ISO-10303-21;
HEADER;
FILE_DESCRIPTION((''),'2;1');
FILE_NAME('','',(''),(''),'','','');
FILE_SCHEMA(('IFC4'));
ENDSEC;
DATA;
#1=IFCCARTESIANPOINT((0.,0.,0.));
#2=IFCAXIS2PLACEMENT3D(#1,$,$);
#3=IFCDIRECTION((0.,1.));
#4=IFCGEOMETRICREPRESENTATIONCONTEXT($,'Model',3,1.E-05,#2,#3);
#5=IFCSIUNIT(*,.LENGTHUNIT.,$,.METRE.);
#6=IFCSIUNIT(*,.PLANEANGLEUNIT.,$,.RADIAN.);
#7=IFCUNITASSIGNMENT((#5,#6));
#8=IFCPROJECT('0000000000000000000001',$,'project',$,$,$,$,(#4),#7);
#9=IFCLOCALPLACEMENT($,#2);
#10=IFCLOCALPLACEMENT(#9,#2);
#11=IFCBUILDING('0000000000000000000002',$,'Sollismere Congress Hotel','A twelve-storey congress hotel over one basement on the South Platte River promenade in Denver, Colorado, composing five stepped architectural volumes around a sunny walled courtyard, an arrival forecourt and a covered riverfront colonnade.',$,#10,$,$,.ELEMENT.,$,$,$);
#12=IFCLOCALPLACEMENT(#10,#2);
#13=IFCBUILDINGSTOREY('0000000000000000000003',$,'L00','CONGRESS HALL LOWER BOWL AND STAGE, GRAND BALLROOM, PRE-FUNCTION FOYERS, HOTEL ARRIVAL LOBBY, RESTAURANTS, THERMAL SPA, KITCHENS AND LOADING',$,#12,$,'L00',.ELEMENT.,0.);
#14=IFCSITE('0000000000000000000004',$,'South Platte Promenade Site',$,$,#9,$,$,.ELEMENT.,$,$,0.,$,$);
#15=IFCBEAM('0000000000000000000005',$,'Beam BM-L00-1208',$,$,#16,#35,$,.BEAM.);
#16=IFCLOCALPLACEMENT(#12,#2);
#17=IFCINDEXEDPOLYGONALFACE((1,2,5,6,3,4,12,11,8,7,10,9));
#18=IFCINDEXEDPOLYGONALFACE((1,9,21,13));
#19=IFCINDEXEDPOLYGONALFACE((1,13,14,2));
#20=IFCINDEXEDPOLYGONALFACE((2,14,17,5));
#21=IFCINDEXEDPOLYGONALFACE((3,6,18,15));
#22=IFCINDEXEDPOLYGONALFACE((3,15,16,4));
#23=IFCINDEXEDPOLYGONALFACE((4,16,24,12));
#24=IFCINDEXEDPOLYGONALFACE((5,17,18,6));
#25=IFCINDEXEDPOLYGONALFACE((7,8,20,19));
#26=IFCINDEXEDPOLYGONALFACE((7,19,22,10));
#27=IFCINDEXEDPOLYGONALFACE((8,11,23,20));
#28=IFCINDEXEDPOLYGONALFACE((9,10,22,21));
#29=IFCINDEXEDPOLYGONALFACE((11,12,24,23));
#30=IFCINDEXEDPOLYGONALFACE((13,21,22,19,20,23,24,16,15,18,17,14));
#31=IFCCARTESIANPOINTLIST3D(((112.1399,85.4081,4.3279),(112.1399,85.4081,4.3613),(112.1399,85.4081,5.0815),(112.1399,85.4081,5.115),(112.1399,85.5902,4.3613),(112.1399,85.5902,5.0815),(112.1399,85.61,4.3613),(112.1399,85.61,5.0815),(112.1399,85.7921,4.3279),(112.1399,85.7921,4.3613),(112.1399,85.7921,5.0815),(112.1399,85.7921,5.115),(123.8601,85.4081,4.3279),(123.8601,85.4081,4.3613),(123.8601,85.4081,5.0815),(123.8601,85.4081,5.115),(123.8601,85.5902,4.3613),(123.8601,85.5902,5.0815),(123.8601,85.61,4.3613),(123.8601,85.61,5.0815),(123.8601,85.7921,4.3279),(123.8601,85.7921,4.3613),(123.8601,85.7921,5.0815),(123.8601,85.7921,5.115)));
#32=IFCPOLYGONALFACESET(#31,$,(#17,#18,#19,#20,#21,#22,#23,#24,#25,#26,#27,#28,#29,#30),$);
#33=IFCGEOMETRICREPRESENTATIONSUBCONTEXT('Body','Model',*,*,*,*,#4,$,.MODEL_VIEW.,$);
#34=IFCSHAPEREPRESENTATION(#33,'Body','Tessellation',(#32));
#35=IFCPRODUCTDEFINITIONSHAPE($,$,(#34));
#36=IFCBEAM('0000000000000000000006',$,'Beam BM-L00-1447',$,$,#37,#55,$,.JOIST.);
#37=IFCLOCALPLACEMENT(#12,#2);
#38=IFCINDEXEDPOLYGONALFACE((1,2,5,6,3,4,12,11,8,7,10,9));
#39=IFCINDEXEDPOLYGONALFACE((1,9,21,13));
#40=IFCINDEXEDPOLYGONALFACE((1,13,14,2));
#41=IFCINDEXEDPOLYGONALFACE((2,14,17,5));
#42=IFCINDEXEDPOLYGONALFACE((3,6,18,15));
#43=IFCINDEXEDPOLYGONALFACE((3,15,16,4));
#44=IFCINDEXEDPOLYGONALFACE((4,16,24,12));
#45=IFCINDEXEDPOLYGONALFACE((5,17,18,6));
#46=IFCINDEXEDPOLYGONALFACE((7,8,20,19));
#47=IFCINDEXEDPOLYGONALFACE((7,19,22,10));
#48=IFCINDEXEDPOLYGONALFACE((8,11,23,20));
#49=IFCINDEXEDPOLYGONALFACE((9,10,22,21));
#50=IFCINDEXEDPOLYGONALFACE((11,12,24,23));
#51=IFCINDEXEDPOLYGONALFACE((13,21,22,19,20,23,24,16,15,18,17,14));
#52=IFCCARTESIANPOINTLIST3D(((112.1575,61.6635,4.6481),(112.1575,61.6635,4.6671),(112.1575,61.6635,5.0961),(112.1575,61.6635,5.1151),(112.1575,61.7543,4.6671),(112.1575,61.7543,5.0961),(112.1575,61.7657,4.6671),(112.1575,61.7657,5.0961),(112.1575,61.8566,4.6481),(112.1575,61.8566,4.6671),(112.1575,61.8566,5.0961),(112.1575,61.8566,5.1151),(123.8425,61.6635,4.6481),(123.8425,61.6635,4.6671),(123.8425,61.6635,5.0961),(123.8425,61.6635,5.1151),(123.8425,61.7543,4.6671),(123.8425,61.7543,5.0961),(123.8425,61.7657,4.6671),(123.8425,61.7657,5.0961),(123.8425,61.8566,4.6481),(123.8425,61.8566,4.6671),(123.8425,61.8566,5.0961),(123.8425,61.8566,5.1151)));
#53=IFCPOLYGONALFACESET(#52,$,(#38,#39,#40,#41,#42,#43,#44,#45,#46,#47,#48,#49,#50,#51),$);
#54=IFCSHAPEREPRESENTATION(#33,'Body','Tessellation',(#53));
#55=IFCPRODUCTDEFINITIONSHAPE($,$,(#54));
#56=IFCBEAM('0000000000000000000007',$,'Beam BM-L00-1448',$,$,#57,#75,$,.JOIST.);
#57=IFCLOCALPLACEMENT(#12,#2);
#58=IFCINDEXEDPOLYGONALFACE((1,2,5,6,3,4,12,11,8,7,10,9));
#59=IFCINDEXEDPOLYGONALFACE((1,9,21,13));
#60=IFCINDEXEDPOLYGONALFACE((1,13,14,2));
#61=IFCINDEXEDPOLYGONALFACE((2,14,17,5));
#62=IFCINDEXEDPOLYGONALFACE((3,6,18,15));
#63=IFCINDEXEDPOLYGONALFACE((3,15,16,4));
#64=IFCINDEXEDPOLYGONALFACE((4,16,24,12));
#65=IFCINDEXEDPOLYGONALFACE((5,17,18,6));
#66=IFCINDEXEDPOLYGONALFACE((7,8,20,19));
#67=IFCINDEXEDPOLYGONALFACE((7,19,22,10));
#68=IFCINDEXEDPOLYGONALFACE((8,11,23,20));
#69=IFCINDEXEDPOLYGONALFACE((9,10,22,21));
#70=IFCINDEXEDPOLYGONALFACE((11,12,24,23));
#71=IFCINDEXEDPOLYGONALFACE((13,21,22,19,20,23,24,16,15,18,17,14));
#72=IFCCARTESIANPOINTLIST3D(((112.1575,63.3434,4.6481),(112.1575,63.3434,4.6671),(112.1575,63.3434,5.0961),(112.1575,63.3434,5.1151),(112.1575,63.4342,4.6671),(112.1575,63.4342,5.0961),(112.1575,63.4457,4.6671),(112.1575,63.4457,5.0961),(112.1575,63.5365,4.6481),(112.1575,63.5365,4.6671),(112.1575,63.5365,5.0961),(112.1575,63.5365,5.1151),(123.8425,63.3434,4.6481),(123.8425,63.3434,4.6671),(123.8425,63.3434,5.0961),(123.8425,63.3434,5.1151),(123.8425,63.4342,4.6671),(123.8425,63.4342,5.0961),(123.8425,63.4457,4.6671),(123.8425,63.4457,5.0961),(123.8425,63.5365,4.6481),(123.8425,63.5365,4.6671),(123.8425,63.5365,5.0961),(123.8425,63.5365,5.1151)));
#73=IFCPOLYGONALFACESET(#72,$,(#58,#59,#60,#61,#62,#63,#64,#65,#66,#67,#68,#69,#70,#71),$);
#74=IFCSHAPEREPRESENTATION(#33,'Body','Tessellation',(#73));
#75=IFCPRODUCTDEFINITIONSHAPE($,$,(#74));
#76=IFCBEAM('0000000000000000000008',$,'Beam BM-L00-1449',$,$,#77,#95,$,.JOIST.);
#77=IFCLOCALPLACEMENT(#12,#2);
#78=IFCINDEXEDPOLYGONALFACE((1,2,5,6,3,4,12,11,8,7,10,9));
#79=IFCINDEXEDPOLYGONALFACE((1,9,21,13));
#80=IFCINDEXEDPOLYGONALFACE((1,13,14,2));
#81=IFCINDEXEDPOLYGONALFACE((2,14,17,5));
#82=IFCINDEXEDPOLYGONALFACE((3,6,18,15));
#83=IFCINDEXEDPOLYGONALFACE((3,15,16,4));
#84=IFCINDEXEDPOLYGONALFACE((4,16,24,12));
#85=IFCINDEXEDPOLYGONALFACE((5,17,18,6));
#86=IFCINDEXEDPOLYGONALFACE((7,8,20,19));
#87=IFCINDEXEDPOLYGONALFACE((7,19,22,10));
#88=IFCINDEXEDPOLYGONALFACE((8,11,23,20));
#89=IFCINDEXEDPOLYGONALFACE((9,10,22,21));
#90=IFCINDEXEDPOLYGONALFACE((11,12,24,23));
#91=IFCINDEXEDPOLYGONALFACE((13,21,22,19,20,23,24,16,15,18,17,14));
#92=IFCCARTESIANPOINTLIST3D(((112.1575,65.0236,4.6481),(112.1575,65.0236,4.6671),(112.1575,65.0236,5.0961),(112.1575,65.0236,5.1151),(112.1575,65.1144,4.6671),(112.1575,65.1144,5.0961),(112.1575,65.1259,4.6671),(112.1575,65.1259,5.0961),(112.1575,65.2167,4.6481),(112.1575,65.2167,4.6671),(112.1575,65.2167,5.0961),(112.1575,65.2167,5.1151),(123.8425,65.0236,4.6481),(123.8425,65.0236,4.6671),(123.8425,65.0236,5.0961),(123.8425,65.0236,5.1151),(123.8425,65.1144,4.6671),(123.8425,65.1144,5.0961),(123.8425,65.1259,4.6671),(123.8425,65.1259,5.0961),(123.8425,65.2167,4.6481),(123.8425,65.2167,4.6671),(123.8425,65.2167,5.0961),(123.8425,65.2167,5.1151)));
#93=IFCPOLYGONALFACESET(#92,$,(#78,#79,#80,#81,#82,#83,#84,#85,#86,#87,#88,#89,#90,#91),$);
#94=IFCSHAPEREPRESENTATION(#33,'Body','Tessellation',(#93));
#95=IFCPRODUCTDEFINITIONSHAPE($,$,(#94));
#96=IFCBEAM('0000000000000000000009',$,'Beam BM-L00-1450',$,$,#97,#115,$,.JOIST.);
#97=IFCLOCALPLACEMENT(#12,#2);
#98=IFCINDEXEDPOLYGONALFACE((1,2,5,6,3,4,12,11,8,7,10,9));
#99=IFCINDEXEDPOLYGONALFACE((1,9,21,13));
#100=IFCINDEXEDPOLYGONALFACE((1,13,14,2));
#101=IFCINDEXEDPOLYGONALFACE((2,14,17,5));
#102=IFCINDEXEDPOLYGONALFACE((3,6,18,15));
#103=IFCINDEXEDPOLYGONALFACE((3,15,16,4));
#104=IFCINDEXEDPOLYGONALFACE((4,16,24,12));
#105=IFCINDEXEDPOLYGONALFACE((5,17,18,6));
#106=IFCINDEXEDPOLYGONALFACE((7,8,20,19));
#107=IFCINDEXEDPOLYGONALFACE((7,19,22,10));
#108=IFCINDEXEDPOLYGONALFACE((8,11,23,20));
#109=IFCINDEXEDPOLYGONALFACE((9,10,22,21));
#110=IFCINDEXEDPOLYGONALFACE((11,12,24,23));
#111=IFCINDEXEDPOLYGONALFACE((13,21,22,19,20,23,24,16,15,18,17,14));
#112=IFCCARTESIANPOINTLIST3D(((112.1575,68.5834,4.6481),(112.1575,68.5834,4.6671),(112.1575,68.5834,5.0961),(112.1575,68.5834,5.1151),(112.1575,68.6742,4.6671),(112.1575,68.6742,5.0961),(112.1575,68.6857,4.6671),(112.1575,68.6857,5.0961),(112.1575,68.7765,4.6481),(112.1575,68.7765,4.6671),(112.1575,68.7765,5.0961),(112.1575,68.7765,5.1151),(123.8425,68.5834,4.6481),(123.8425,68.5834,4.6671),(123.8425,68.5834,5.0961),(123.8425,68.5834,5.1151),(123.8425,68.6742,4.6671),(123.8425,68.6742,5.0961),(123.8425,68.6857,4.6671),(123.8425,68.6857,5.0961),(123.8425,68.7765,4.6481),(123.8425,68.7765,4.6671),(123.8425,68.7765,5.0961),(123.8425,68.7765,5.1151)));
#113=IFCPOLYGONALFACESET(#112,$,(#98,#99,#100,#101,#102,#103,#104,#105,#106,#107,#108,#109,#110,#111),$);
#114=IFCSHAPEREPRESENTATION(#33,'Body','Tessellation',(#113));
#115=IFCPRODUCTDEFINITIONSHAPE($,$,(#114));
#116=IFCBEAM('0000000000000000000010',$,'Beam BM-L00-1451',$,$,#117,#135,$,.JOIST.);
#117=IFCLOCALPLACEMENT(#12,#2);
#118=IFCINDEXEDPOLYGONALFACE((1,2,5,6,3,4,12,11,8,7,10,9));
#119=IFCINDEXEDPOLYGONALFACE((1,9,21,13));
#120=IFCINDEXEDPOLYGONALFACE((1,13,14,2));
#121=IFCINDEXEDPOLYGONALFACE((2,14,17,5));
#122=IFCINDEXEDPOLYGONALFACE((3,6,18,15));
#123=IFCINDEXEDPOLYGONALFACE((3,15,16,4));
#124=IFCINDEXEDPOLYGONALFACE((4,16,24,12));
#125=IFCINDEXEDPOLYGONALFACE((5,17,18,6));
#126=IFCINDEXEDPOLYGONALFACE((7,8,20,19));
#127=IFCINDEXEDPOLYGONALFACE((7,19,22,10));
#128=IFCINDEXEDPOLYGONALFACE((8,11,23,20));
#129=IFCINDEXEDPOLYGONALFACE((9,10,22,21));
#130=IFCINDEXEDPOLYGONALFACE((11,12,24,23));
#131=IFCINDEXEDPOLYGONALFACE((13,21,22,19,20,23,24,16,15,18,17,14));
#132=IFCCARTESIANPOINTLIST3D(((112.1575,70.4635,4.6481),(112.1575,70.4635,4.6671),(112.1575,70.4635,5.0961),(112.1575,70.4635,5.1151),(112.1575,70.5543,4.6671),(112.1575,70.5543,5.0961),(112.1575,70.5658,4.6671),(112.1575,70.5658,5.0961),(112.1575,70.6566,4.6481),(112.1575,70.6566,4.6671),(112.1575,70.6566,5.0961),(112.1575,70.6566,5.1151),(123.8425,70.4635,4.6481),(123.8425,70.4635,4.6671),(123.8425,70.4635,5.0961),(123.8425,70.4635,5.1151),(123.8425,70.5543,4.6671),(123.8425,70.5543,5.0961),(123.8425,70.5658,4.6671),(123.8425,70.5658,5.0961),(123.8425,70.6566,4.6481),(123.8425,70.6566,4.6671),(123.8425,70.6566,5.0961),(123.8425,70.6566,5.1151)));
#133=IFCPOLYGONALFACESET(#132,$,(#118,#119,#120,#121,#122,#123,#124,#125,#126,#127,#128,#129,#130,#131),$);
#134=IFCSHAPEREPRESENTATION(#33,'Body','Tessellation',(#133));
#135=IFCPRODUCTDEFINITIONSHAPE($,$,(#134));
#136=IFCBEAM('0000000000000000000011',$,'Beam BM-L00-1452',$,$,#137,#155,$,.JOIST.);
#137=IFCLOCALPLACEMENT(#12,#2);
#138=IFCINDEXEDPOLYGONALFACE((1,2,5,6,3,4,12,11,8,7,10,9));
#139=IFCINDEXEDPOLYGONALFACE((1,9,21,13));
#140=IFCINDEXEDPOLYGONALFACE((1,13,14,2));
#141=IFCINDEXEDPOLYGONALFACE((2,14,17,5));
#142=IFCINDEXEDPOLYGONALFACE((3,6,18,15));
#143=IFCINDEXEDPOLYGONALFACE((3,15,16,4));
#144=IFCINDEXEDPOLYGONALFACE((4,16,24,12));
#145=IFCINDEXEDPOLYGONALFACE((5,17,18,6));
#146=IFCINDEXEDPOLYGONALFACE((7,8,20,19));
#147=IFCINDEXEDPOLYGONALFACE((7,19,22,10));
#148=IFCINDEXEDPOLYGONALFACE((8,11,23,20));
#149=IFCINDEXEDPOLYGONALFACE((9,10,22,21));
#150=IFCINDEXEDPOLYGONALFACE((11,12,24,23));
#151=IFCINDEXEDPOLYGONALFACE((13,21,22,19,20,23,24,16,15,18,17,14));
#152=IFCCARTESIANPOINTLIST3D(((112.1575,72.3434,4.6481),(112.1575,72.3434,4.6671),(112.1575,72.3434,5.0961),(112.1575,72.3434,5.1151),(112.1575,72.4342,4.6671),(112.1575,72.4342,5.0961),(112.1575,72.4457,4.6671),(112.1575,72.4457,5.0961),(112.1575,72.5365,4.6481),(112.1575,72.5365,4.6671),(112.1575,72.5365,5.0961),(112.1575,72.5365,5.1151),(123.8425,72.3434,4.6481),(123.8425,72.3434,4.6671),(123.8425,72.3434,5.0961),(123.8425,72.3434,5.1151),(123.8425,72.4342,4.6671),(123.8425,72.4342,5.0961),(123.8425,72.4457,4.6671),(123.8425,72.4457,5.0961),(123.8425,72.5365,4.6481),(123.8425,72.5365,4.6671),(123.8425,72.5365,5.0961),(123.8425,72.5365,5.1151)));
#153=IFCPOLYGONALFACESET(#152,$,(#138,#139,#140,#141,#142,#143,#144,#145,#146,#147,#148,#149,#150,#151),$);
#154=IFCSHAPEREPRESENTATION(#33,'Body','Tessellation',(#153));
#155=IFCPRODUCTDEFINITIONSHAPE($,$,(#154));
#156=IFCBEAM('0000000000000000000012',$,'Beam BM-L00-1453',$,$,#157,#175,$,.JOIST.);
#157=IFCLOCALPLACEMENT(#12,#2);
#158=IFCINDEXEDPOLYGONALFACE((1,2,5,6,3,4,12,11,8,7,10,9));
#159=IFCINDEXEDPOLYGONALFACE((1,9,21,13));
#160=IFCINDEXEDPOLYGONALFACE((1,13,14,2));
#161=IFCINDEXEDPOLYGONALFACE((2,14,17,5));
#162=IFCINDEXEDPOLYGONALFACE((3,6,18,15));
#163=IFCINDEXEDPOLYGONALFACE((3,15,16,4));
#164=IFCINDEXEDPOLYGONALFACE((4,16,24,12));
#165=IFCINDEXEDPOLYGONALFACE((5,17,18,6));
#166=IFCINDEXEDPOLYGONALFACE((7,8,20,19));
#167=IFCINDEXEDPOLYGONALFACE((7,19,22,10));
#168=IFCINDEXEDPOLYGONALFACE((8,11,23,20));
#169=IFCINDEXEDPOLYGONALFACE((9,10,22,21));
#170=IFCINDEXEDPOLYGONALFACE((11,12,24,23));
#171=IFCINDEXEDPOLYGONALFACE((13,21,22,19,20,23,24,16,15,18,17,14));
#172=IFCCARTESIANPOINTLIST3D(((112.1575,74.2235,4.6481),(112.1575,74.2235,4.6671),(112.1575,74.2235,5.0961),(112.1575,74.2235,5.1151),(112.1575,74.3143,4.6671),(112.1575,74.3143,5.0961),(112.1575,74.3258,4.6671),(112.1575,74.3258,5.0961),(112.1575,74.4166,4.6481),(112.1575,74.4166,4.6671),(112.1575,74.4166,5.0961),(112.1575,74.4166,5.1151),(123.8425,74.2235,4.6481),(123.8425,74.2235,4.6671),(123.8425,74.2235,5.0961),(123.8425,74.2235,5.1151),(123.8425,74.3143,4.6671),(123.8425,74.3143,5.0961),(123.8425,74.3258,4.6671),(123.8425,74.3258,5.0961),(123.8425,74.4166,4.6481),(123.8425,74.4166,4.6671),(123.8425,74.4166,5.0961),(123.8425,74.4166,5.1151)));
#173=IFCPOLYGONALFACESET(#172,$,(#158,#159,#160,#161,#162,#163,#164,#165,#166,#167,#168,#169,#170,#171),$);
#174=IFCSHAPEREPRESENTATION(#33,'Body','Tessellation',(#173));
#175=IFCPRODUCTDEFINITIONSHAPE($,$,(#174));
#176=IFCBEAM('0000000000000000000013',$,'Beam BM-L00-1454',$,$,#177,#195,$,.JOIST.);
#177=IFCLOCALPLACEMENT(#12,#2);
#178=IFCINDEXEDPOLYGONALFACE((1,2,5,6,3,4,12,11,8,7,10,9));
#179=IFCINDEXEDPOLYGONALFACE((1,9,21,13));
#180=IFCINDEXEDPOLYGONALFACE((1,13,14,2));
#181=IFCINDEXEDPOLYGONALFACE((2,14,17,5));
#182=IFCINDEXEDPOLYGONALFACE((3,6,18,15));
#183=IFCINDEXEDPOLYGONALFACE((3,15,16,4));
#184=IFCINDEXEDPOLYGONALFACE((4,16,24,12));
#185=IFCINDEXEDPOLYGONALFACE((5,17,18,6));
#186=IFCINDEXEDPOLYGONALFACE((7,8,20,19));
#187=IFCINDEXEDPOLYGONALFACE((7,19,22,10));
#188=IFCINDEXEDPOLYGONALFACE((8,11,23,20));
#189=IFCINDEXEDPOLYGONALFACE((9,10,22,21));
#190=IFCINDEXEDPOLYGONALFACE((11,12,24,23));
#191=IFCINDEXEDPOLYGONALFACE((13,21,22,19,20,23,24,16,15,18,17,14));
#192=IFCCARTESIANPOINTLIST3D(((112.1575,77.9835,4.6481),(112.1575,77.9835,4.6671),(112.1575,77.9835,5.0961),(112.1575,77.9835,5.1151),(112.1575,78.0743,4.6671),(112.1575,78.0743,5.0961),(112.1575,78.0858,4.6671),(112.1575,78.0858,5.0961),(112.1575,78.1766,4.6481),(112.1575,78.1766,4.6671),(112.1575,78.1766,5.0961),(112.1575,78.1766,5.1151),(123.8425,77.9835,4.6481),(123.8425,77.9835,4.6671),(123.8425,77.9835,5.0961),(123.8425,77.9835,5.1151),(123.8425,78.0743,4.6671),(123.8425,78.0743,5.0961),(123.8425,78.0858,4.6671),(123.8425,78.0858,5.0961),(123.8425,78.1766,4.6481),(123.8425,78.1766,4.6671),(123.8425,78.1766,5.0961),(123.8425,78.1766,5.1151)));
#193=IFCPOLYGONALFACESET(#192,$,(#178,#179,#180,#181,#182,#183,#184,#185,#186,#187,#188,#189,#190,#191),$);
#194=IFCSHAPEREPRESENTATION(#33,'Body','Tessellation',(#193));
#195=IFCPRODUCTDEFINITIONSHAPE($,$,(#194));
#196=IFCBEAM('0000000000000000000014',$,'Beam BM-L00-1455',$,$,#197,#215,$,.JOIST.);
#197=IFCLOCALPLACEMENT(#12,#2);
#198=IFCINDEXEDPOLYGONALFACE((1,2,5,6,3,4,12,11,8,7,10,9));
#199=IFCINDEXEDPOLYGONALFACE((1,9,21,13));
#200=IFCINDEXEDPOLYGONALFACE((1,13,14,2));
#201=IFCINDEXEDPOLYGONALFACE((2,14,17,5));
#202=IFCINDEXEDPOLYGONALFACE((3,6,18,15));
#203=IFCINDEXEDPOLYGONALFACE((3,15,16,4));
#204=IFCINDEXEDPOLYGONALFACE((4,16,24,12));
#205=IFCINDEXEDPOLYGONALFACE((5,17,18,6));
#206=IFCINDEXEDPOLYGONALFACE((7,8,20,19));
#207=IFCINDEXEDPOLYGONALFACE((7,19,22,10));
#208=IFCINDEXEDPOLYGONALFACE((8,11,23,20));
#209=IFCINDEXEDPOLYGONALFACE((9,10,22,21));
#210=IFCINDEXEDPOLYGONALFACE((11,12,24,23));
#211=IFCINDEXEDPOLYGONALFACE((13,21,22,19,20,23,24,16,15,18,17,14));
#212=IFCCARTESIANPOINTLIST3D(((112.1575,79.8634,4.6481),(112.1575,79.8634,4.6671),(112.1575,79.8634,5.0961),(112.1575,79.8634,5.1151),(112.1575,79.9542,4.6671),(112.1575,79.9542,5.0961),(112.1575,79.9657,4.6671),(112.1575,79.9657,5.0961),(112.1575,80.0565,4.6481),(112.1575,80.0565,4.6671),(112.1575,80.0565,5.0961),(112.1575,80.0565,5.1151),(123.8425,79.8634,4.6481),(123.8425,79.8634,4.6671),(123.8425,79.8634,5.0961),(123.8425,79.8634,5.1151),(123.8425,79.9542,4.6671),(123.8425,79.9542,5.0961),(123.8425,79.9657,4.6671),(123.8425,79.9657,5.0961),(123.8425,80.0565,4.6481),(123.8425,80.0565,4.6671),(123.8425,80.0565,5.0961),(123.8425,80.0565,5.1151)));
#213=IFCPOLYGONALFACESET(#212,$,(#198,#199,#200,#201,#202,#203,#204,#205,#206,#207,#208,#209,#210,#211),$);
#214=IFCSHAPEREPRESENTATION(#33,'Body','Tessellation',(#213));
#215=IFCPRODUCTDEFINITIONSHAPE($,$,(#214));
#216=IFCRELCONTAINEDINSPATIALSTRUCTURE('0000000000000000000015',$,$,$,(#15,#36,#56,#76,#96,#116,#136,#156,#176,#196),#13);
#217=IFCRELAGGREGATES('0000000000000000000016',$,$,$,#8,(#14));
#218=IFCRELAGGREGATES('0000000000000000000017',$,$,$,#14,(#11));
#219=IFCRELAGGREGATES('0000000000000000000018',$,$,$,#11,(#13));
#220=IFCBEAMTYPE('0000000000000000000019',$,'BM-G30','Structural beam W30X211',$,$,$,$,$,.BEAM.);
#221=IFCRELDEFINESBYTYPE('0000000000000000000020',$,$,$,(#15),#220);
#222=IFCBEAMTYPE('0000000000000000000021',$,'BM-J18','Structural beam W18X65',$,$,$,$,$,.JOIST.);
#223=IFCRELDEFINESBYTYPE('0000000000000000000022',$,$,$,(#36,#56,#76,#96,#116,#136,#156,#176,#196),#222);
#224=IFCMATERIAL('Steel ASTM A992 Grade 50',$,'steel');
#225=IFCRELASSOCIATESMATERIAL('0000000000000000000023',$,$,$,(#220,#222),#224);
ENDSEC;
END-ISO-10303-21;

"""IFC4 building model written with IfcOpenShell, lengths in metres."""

from ifc_helpers import new_model, si_unit, direction, frame, origin, origin_2d, place, context, subcontext, project, spatial, i_section, extrude, material, material_profile, profile_set, type_object, element, save


model = new_model("IFC4")

# Units and contexts
model_context = context("Model", 3, precision=1e-05, world=origin(), true_north=direction((0.0, 1.0)))
body_context = subcontext(model_context, "Body", "Model", "MODEL_VIEW")
ifc_project = project(units=[si_unit("LENGTHUNIT", "METRE"), si_unit("PLANEANGLEUNIT", "RADIAN")], contexts=[model_context])

# Site, building, storey
site_placement = place(None, origin())
site = spatial("IfcSite", under=ifc_project, at=site_placement, Name="South Platte Promenade Site", CompositionType="ELEMENT", RefElevation=0.0)
building_placement = place(site_placement, origin())
building = spatial("IfcBuilding", under=site, at=building_placement, Name="Sollismere Congress Hotel", Description="A twelve-storey congress hotel over one basement on the South Platte River promenade in Denver, Colorado, composing five stepped architectural volumes around a sunny walled courtyard, an arrival forecourt and a covered riverfront colonnade.", CompositionType="ELEMENT")
storey_placement = place(building_placement, origin())
storey = spatial("IfcBuildingStorey", under=building, at=storey_placement, Name="L00", Description="CONGRESS HALL LOWER BOWL AND STAGE, GRAND BALLROOM, PRE-FUNCTION FOYERS, HOTEL ARRIVAL LOBBY, RESTAURANTS, THERMAL SPA, KITCHENS AND LOADING", LongName="L00", CompositionType="ELEMENT", Elevation=0.0)

# Shared definitions
ifc_material_1 = material(Name="Steel ASTM A992 Grade 50", Category="steel")

# Beams
ifc_material_profile_1 = material_profile(ifc_material_1, i_section(OverallWidth=0.384, OverallDepth=0.7871, WebThickness=0.0198, FlangeThickness=0.0334, at=origin_2d()), Name="W30X211")
ifc_profile_set_1 = profile_set([ifc_material_profile_1], Name="Steel ASTM A992 Grade 50")
beam_type_1 = type_object("IfcBeamType", Name="BM-G30", Description="Structural beam W30X211", PredefinedType="BEAM", material=ifc_profile_set_1)
for number, where, z_axis, x_axis, name in (
    (1, (112.1399, 85.6001, 4.7214), (1.0, 0.0, 0.0), (0.0, 1.0, 0.0), "Beam BM-L00-1208"),
):
    element("IfcBeam", number, at=place(storey_placement, frame(where, z_axis=z_axis, x_axis=x_axis)), inside=storey, type_object=beam_type_1, Name=name, PredefinedType="BEAM", context=body_context, shape_type="SweptSolid", body=[
        extrude(i_section(OverallWidth=0.384, OverallDepth=0.7871, WebThickness=0.0198, FlangeThickness=0.0334, at=origin_2d()), origin(), (0.0, 0.0, 1.0), 11.7202),
    ])
ifc_material_profile_2 = material_profile(ifc_material_1, i_section(OverallWidth=0.1931, OverallDepth=0.467, WebThickness=0.0115, FlangeThickness=0.019, at=origin_2d()), Name="W18X65")
ifc_profile_set_2 = profile_set([ifc_material_profile_2], Name="Steel ASTM A992 Grade 50")
beam_type_2 = type_object("IfcBeamType", Name="BM-J18", Description="Structural beam W18X65", PredefinedType="JOIST", material=ifc_profile_set_2)
for number, where, z_axis, x_axis, name in (
    (2, (112.1575, 61.76, 4.8816), (1.0, 0.0, 0.0), (0.0, 1.0, 0.0), "Beam BM-L00-1447"),
    (3, (112.1575, 63.4399, 4.8816), (1.0, 0.0, 0.0), (0.0, 1.0, 0.0), "Beam BM-L00-1448"),
    (4, (112.1575, 65.1201, 4.8816), (1.0, 0.0, 0.0), (0.0, 1.0, 0.0), "Beam BM-L00-1449"),
    (5, (112.1575, 68.6799, 4.8816), (1.0, 0.0, 0.0), (0.0, 1.0, 0.0), "Beam BM-L00-1450"),
    (6, (112.1575, 70.5601, 4.8816), (1.0, 0.0, 0.0), (0.0, 1.0, 0.0), "Beam BM-L00-1451"),
    (7, (112.1575, 72.4399, 4.8816), (1.0, 0.0, 0.0), (0.0, 1.0, 0.0), "Beam BM-L00-1452"),
    (8, (112.1575, 74.3201, 4.8816), (1.0, 0.0, 0.0), (0.0, 1.0, 0.0), "Beam BM-L00-1453"),
    (9, (112.1575, 78.0801, 4.8816), (1.0, 0.0, 0.0), (0.0, 1.0, 0.0), "Beam BM-L00-1454"),
    (10, (112.1575, 79.96, 4.8816), (1.0, 0.0, 0.0), (0.0, 1.0, 0.0), "Beam BM-L00-1455"),
):
    element("IfcBeam", number, at=place(storey_placement, frame(where, z_axis=z_axis, x_axis=x_axis)), inside=storey, type_object=beam_type_2, Name=name, PredefinedType="JOIST", context=body_context, shape_type="SweptSolid", body=[
        extrude(i_section(OverallWidth=0.1931, OverallDepth=0.467, WebThickness=0.0115, FlangeThickness=0.019, at=origin_2d()), origin(), (0.0, 0.0, 1.0), 11.6851),
    ])

save(model, "model.ifc")
